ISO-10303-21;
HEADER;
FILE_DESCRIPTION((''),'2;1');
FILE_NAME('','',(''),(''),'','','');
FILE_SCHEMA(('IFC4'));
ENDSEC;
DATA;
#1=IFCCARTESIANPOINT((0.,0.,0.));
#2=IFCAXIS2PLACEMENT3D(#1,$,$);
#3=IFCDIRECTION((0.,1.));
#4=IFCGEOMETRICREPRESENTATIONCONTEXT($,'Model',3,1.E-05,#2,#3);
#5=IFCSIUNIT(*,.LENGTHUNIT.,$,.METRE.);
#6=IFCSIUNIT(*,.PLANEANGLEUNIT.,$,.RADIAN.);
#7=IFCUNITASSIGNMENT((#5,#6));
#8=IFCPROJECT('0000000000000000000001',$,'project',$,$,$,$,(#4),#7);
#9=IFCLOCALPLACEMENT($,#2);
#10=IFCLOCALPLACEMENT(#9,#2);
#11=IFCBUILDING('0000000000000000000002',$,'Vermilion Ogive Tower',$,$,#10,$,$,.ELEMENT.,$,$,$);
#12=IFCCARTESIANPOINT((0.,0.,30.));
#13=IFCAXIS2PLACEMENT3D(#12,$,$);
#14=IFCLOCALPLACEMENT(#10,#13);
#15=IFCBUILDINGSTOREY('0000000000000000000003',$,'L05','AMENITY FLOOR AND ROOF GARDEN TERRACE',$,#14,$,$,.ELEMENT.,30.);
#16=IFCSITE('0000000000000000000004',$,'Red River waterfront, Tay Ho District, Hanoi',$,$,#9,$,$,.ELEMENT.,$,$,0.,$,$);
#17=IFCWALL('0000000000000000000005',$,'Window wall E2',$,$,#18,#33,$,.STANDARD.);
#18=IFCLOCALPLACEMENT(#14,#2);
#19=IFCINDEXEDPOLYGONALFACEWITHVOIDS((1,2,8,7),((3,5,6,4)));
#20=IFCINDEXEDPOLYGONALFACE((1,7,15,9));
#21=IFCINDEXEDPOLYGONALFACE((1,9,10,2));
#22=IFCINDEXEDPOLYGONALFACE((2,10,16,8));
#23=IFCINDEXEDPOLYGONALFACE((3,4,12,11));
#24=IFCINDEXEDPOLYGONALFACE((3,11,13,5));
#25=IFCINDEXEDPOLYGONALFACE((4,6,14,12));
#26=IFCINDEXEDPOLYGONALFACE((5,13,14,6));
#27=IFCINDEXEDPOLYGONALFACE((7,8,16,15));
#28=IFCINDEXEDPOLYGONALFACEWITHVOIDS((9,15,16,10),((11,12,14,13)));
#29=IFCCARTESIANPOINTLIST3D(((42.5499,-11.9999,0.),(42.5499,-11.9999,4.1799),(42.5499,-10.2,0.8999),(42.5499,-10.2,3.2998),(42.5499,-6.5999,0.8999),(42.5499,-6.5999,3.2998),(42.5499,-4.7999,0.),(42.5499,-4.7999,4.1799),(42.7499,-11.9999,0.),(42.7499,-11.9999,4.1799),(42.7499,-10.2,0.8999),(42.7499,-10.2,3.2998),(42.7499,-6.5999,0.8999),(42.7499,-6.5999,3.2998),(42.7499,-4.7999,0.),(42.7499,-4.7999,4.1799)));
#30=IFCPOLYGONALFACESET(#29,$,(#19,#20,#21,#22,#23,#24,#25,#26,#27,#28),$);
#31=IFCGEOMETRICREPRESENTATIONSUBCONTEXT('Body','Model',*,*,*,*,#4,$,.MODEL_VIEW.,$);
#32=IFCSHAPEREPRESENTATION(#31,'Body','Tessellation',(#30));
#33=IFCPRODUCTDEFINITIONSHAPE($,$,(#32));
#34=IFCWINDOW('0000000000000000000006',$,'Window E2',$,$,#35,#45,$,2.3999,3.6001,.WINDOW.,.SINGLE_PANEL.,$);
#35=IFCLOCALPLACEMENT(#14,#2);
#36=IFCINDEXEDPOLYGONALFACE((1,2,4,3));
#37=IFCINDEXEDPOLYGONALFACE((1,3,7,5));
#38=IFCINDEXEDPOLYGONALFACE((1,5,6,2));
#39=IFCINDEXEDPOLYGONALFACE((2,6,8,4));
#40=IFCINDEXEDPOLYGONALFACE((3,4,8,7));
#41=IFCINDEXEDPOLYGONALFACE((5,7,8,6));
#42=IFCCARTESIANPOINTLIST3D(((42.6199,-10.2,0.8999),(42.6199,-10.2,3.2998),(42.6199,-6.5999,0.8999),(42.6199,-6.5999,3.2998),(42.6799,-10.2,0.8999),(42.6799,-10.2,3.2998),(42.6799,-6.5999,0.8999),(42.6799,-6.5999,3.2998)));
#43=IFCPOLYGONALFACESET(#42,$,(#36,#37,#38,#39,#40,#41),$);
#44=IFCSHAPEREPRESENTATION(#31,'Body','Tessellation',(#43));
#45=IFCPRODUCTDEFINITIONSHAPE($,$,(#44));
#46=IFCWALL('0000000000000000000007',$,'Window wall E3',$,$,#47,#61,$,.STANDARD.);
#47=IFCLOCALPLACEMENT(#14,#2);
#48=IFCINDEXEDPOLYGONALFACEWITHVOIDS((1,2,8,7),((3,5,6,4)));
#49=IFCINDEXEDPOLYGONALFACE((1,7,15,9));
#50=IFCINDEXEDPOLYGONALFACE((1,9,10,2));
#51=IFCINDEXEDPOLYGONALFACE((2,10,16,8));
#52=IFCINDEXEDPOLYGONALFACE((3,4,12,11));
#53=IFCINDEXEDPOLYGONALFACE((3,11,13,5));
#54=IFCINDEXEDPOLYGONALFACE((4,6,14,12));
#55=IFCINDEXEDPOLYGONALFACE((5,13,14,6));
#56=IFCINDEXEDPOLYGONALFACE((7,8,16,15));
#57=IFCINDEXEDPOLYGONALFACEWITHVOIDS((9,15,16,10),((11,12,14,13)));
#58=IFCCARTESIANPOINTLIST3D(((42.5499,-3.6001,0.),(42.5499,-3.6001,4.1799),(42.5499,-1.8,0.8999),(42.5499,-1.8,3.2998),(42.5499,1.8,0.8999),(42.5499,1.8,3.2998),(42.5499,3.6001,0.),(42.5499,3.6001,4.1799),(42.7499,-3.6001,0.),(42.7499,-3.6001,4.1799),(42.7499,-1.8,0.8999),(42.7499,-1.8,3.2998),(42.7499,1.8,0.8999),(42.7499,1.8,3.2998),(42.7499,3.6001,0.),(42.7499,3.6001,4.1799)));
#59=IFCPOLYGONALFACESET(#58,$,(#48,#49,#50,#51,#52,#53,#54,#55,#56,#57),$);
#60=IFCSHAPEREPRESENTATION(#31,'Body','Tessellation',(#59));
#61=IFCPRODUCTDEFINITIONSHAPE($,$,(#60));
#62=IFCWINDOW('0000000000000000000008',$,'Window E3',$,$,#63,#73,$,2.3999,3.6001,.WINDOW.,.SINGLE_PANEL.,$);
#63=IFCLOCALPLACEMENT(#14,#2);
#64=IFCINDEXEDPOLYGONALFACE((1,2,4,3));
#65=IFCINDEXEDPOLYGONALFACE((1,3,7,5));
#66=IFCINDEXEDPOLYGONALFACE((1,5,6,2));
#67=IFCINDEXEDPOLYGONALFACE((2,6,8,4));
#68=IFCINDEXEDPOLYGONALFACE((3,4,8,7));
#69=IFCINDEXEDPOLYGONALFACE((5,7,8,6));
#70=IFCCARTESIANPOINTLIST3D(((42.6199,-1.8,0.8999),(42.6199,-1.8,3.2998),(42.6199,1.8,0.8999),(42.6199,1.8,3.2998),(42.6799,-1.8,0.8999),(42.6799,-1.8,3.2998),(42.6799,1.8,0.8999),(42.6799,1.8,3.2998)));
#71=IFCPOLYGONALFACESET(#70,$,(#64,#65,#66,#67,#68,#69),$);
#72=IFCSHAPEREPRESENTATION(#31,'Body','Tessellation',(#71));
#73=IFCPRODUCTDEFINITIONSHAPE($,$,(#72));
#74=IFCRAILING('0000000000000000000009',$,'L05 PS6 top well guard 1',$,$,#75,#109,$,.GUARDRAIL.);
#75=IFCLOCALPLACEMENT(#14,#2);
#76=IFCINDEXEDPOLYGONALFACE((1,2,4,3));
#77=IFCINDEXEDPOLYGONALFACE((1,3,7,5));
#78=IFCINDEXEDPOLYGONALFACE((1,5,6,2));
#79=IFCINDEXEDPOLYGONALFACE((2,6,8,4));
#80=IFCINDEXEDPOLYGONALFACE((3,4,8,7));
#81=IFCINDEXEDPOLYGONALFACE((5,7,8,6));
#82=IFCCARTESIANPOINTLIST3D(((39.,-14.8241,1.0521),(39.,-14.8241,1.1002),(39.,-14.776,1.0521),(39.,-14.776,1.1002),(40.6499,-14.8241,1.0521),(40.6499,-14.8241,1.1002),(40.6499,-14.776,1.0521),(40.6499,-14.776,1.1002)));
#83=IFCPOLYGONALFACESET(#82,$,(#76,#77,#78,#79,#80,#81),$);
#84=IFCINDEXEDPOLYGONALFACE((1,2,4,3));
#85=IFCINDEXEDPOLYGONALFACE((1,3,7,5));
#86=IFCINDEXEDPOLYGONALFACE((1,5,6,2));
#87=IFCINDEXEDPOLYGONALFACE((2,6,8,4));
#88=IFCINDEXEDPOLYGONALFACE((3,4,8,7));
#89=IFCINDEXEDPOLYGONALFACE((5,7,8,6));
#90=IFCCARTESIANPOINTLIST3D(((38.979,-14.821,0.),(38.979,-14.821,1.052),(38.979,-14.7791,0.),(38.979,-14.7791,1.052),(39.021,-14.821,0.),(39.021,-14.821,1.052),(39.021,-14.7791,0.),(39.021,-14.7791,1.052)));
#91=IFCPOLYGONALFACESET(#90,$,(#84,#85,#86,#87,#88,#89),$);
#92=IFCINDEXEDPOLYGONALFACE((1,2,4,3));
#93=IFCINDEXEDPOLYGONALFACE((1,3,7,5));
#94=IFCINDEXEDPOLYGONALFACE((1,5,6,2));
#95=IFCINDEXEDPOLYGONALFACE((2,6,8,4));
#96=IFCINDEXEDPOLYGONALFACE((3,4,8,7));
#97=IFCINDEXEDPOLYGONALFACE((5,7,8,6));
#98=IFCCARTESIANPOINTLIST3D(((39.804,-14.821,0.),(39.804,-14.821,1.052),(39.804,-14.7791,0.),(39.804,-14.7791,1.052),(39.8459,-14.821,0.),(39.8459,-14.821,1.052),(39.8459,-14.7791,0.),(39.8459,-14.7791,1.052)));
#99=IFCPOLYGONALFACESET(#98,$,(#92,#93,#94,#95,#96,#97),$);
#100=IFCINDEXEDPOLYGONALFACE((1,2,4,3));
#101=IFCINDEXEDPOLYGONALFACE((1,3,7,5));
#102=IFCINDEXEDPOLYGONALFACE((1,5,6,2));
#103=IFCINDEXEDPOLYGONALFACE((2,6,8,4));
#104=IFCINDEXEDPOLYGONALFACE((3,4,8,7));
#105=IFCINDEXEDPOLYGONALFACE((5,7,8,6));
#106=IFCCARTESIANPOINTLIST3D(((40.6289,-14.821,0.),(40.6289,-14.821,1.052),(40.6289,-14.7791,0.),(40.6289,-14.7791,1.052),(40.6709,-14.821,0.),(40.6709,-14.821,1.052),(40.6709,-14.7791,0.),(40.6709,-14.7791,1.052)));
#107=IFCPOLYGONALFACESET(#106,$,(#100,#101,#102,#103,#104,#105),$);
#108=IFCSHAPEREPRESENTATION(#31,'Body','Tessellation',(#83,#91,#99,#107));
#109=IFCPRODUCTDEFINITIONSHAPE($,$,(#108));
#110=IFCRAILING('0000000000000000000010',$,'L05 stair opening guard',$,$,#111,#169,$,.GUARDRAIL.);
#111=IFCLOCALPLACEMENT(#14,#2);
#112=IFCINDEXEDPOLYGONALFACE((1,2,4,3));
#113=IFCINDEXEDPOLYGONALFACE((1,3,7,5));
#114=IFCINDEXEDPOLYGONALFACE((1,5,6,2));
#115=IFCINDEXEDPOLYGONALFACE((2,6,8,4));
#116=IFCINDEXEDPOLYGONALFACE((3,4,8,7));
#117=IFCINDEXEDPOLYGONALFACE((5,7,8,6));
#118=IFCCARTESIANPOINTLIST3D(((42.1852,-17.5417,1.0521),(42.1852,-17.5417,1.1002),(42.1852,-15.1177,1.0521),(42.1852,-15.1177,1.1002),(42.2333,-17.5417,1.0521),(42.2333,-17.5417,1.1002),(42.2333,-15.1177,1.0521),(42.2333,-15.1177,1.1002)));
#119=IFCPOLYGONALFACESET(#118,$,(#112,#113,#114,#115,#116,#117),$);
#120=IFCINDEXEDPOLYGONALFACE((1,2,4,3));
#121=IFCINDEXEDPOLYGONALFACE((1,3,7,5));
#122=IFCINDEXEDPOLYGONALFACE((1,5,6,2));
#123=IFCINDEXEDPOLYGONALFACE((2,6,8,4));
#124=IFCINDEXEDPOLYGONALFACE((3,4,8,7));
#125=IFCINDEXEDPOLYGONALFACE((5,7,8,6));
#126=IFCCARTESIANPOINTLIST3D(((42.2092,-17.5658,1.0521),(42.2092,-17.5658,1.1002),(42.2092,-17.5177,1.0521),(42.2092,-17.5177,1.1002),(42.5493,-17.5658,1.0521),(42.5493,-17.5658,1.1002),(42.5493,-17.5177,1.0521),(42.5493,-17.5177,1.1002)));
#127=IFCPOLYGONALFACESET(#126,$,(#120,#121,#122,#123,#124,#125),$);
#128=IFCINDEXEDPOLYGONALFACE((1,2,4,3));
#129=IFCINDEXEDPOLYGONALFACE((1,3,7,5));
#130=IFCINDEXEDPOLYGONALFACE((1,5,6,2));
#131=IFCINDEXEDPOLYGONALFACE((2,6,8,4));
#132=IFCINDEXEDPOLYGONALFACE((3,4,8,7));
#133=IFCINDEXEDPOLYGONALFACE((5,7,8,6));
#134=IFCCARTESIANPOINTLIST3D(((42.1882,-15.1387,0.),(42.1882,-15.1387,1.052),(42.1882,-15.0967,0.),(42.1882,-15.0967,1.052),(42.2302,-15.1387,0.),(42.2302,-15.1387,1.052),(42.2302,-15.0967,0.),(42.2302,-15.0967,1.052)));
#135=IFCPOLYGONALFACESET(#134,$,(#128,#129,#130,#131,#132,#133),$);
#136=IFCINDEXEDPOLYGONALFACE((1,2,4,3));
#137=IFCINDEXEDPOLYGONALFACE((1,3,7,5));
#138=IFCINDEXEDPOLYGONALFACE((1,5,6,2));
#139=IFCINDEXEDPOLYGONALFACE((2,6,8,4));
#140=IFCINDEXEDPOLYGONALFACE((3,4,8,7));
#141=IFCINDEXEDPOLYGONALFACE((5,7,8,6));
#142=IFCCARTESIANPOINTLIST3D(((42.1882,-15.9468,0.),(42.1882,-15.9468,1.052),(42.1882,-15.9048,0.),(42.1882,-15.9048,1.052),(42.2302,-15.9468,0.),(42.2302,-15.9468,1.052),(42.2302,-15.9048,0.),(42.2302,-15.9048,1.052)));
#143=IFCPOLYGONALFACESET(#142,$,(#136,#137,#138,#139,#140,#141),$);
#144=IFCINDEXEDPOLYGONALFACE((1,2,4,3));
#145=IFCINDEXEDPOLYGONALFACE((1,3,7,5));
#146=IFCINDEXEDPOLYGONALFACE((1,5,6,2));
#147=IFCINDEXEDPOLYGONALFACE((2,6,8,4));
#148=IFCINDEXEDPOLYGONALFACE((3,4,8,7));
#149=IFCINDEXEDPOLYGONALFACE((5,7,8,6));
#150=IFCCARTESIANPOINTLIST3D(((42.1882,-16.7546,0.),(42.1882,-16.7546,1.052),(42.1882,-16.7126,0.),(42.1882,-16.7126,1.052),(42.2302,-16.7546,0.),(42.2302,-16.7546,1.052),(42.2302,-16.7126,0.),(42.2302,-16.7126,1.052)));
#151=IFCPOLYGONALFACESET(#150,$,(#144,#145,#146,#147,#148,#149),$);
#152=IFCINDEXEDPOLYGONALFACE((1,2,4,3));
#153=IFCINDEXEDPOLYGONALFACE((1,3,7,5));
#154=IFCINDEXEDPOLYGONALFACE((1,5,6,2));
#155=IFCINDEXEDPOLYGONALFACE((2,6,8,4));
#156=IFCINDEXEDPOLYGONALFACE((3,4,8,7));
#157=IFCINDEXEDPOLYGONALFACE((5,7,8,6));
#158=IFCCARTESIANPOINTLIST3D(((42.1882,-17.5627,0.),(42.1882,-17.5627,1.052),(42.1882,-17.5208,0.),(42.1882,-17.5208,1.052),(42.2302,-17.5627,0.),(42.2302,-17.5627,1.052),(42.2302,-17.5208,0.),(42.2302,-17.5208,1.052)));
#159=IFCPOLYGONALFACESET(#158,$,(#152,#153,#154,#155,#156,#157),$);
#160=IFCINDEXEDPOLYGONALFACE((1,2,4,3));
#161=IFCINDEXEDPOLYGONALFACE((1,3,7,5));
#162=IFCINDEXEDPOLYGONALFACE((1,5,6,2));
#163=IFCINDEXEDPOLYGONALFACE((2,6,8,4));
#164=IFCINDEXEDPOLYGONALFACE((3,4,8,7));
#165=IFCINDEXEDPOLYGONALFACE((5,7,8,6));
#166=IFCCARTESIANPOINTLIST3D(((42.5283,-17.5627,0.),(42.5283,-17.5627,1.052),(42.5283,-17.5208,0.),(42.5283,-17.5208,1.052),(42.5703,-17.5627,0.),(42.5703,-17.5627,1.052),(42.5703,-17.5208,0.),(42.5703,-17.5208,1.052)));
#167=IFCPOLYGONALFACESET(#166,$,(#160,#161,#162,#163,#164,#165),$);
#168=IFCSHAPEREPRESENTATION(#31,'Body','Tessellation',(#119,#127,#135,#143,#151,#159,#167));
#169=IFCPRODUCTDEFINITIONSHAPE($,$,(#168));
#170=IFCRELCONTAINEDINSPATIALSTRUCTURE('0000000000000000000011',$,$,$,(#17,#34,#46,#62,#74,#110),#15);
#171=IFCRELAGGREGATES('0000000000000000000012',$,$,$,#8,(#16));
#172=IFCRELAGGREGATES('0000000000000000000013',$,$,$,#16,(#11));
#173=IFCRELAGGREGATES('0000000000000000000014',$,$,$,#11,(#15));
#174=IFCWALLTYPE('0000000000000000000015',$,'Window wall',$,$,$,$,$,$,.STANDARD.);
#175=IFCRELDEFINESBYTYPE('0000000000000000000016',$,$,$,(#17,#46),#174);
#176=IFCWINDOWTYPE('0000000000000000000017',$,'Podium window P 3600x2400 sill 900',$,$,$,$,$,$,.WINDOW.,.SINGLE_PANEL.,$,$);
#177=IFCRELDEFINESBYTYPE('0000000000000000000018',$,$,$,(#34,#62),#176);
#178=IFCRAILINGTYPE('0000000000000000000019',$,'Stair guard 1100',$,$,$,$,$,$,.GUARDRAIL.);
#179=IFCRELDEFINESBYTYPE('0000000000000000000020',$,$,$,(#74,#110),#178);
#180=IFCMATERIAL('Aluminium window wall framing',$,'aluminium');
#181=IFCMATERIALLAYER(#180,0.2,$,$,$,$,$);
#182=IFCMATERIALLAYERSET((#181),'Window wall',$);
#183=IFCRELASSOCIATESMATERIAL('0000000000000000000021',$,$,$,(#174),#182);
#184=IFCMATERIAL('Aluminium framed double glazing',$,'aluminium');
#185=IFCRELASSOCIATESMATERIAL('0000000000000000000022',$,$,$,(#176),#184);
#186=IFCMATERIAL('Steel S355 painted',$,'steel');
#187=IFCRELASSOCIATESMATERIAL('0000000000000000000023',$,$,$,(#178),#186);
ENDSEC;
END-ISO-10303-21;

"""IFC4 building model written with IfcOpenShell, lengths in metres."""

from ifc_helpers import new_model, si_unit, direction, frame, frame_2d, origin, origin_2d, place, context, subcontext, project, spatial, rectangle, extrude, material, layer, layer_set, type_object, element, fill, save


model = new_model("IFC4")

# Units and contexts
model_context = context("Model", 3, precision=1e-05, world=origin(), true_north=direction((0.0, 1.0)))
body_context = subcontext(model_context, "Body", "Model", "MODEL_VIEW")
ifc_project = project(units=[si_unit("LENGTHUNIT", "METRE"), si_unit("PLANEANGLEUNIT", "RADIAN")], contexts=[model_context])

# Site, building, storey
site_placement = place(None, origin())
site = spatial("IfcSite", under=ifc_project, at=site_placement, Name="Red River waterfront, Tay Ho District, Hanoi", CompositionType="ELEMENT", RefElevation=0.0)
building_placement = place(site_placement, origin())
building = spatial("IfcBuilding", under=site, at=building_placement, Name="Vermilion Ogive Tower", CompositionType="ELEMENT")
storey_placement = place(building_placement, frame((0.0, 0.0, 30.0)))
storey = spatial("IfcBuildingStorey", under=building, at=storey_placement, Name="L05", Description="AMENITY FLOOR AND ROOF GARDEN TERRACE", CompositionType="ELEMENT", Elevation=30.0)

# Shared definitions
ifc_material_1 = material(Name="Aluminium window wall framing", Category="aluminium")
ifc_layer_1 = layer(ifc_material_1, 0.2)
ifc_layer_set_1 = layer_set([ifc_layer_1], Name="Window wall")
wall_type_1 = type_object("IfcWallType", Name="Window wall", PredefinedType="STANDARD", material=ifc_layer_set_1)
ifc_material_2 = material(Name="Aluminium framed double glazing", Category="aluminium")
window_type = type_object("IfcWindowType", Name="Podium window P 3600x2400 sill 900", PartitioningType="SINGLE_PANEL", PredefinedType="WINDOW", material=ifc_material_2)

# Walls, openings, windows
wall_1_placement = place(storey_placement, frame((42.6499, -12.0, 0.0), z_axis=(0.0, 0.0, 1.0), x_axis=(0.0, 1.0, 0.0)))
wall_1 = element("IfcWall", 1, at=wall_1_placement, inside=storey, type_object=wall_type_1, Name="Window wall E2", PredefinedType="STANDARD", context=body_context, shape_type="SweptSolid", body=[
    extrude(rectangle(XDim=7.2, YDim=0.2, at=frame_2d((3.6001, 0.0))), origin(), (0.0, 0.0, 1.0), 4.1799),
])
opening_1_placement = place(wall_1_placement, frame((1.8, 0.0, 0.8999)))
opening_1 = element("IfcOpeningElement", 2, at=opening_1_placement, cuts=wall_1, PredefinedType="OPENING", context=body_context, shape_type="SweptSolid", body=[
    extrude(rectangle(XDim=3.6001, YDim=2.3999, at=frame_2d((1.8, 1.2))), frame((0.0, 0.1099, 0.0), z_axis=(0.0, -1.0, 0.0), x_axis=(1.0, 0.0, 0.0)), (0.0, 0.0, 1.0), 0.22),
])
window_1_placement = place(opening_1_placement, origin())
window_1 = element("IfcWindow", 3, at=window_1_placement, inside=storey, type_object=window_type, Name="Window E2", OverallHeight=2.3999, OverallWidth=3.6001, PartitioningType="SINGLE_PANEL", PredefinedType="WINDOW", context=body_context, shape_type="SweptSolid", body=[
    extrude(rectangle(XDim=3.6001, YDim=2.3999, at=frame_2d((1.8, 1.2))), frame((0.0, 0.03, 0.0), z_axis=(0.0, -1.0, 0.0), x_axis=(1.0, 0.0, 0.0)), (0.0, 0.0, 1.0), 0.0601),
])
fill(opening_1, window_1)
wall_2_placement = place(storey_placement, frame((42.6499, -3.6001, 0.0), z_axis=(0.0, 0.0, 1.0), x_axis=(0.0, 1.0, 0.0)))
wall_2 = element("IfcWall", 4, at=wall_2_placement, inside=storey, type_object=wall_type_1, Name="Window wall E3", PredefinedType="STANDARD", context=body_context, shape_type="SweptSolid", body=[
    extrude(rectangle(XDim=7.2002, YDim=0.2, at=frame_2d((3.6001, 0.0))), origin(), (0.0, 0.0, 1.0), 4.1799),
])
opening_2_placement = place(wall_2_placement, frame((1.8, 0.0, 0.8999)))
opening_2 = element("IfcOpeningElement", 5, at=opening_2_placement, cuts=wall_2, PredefinedType="OPENING", context=body_context, shape_type="SweptSolid", body=[
    extrude(rectangle(XDim=3.6001, YDim=2.3999, at=frame_2d((1.8, 1.2))), frame((0.0, 0.1099, 0.0), z_axis=(0.0, -1.0, 0.0), x_axis=(1.0, 0.0, 0.0)), (0.0, 0.0, 1.0), 0.22),
])
window_2_placement = place(opening_2_placement, origin())
window_2 = element("IfcWindow", 6, at=window_2_placement, inside=storey, type_object=window_type, Name="Window E3", OverallHeight=2.3999, OverallWidth=3.6001, PartitioningType="SINGLE_PANEL", PredefinedType="WINDOW", context=body_context, shape_type="SweptSolid", body=[
    extrude(rectangle(XDim=3.6001, YDim=2.3999, at=frame_2d((1.8, 1.2))), frame((0.0, 0.03, 0.0), z_axis=(0.0, -1.0, 0.0), x_axis=(1.0, 0.0, 0.0)), (0.0, 0.0, 1.0), 0.0601),
])
fill(opening_2, window_2)

# Railings
ifc_material_3 = material(Name="Steel S355 painted", Category="steel")
railing_type = type_object("IfcRailingType", Name="Stair guard 1100", PredefinedType="GUARDRAIL", material=ifc_material_3)
railing_1_placement = place(storey_placement, frame((39.0, -14.8, 0.0)))
element("IfcRailing", 7, at=railing_1_placement, inside=storey, type_object=railing_type, Name="L05 PS6 top well guard 1", PredefinedType="GUARDRAIL", context=body_context, shape_type="SweptSolid", body=[
    extrude(rectangle(XDim=0.0481, YDim=0.0481, at=origin_2d()), frame((0.0, 0.0, 1.0762), z_axis=(1.0, 0.0, 0.0), x_axis=(0.0, 1.0, 0.0)), (0.0, 0.0, 1.0), 1.6499),
    extrude(rectangle(XDim=0.042, YDim=0.042, at=origin_2d()), origin(), (0.0, 0.0, 1.0), 1.052),
    extrude(rectangle(XDim=0.042, YDim=0.042, at=origin_2d()), frame((0.825, 0.0, 0.0)), (0.0, 0.0, 1.0), 1.052),
    extrude(rectangle(XDim=0.042, YDim=0.042, at=origin_2d()), frame((1.6499, 0.0, 0.0)), (0.0, 0.0, 1.0), 1.052),
])
railing_2_placement = place(storey_placement, frame((42.2092, -15.1177, 0.0)))
element("IfcRailing", 8, at=railing_2_placement, inside=storey, type_object=railing_type, Name="L05 stair opening guard", PredefinedType="GUARDRAIL", context=body_context, shape_type="SweptSolid", body=[
    extrude(rectangle(XDim=0.0481, YDim=0.0481, at=origin_2d()), frame((0.0, 0.0, 1.0762), z_axis=(0.0, -1.0, 0.0), x_axis=(1.0, 0.0, 0.0)), (0.0, 0.0, 1.0), 2.4241),
    extrude(rectangle(XDim=0.0481, YDim=0.0481, at=origin_2d()), frame((0.0, -2.4241, 1.0762), z_axis=(1.0, 0.0, 0.0), x_axis=(0.0, 1.0, 0.0)), (0.0, 0.0, 1.0), 0.3401),
    extrude(rectangle(XDim=0.042, YDim=0.042, at=origin_2d()), origin(), (0.0, 0.0, 1.0), 1.052),
    extrude(rectangle(XDim=0.042, YDim=0.042, at=origin_2d()), frame((0.0, -0.8081, 0.0)), (0.0, 0.0, 1.0), 1.052),
    extrude(rectangle(XDim=0.042, YDim=0.042, at=origin_2d()), frame((0.0, -1.616, 0.0)), (0.0, 0.0, 1.0), 1.052),
    extrude(rectangle(XDim=0.042, YDim=0.042, at=origin_2d()), frame((0.0, -2.4241, 0.0)), (0.0, 0.0, 1.0), 1.052),
    extrude(rectangle(XDim=0.042, YDim=0.042, at=origin_2d()), frame((0.3401, -2.4241, 0.0)), (0.0, 0.0, 1.0), 1.052),
])

save(model, "model.ifc")
